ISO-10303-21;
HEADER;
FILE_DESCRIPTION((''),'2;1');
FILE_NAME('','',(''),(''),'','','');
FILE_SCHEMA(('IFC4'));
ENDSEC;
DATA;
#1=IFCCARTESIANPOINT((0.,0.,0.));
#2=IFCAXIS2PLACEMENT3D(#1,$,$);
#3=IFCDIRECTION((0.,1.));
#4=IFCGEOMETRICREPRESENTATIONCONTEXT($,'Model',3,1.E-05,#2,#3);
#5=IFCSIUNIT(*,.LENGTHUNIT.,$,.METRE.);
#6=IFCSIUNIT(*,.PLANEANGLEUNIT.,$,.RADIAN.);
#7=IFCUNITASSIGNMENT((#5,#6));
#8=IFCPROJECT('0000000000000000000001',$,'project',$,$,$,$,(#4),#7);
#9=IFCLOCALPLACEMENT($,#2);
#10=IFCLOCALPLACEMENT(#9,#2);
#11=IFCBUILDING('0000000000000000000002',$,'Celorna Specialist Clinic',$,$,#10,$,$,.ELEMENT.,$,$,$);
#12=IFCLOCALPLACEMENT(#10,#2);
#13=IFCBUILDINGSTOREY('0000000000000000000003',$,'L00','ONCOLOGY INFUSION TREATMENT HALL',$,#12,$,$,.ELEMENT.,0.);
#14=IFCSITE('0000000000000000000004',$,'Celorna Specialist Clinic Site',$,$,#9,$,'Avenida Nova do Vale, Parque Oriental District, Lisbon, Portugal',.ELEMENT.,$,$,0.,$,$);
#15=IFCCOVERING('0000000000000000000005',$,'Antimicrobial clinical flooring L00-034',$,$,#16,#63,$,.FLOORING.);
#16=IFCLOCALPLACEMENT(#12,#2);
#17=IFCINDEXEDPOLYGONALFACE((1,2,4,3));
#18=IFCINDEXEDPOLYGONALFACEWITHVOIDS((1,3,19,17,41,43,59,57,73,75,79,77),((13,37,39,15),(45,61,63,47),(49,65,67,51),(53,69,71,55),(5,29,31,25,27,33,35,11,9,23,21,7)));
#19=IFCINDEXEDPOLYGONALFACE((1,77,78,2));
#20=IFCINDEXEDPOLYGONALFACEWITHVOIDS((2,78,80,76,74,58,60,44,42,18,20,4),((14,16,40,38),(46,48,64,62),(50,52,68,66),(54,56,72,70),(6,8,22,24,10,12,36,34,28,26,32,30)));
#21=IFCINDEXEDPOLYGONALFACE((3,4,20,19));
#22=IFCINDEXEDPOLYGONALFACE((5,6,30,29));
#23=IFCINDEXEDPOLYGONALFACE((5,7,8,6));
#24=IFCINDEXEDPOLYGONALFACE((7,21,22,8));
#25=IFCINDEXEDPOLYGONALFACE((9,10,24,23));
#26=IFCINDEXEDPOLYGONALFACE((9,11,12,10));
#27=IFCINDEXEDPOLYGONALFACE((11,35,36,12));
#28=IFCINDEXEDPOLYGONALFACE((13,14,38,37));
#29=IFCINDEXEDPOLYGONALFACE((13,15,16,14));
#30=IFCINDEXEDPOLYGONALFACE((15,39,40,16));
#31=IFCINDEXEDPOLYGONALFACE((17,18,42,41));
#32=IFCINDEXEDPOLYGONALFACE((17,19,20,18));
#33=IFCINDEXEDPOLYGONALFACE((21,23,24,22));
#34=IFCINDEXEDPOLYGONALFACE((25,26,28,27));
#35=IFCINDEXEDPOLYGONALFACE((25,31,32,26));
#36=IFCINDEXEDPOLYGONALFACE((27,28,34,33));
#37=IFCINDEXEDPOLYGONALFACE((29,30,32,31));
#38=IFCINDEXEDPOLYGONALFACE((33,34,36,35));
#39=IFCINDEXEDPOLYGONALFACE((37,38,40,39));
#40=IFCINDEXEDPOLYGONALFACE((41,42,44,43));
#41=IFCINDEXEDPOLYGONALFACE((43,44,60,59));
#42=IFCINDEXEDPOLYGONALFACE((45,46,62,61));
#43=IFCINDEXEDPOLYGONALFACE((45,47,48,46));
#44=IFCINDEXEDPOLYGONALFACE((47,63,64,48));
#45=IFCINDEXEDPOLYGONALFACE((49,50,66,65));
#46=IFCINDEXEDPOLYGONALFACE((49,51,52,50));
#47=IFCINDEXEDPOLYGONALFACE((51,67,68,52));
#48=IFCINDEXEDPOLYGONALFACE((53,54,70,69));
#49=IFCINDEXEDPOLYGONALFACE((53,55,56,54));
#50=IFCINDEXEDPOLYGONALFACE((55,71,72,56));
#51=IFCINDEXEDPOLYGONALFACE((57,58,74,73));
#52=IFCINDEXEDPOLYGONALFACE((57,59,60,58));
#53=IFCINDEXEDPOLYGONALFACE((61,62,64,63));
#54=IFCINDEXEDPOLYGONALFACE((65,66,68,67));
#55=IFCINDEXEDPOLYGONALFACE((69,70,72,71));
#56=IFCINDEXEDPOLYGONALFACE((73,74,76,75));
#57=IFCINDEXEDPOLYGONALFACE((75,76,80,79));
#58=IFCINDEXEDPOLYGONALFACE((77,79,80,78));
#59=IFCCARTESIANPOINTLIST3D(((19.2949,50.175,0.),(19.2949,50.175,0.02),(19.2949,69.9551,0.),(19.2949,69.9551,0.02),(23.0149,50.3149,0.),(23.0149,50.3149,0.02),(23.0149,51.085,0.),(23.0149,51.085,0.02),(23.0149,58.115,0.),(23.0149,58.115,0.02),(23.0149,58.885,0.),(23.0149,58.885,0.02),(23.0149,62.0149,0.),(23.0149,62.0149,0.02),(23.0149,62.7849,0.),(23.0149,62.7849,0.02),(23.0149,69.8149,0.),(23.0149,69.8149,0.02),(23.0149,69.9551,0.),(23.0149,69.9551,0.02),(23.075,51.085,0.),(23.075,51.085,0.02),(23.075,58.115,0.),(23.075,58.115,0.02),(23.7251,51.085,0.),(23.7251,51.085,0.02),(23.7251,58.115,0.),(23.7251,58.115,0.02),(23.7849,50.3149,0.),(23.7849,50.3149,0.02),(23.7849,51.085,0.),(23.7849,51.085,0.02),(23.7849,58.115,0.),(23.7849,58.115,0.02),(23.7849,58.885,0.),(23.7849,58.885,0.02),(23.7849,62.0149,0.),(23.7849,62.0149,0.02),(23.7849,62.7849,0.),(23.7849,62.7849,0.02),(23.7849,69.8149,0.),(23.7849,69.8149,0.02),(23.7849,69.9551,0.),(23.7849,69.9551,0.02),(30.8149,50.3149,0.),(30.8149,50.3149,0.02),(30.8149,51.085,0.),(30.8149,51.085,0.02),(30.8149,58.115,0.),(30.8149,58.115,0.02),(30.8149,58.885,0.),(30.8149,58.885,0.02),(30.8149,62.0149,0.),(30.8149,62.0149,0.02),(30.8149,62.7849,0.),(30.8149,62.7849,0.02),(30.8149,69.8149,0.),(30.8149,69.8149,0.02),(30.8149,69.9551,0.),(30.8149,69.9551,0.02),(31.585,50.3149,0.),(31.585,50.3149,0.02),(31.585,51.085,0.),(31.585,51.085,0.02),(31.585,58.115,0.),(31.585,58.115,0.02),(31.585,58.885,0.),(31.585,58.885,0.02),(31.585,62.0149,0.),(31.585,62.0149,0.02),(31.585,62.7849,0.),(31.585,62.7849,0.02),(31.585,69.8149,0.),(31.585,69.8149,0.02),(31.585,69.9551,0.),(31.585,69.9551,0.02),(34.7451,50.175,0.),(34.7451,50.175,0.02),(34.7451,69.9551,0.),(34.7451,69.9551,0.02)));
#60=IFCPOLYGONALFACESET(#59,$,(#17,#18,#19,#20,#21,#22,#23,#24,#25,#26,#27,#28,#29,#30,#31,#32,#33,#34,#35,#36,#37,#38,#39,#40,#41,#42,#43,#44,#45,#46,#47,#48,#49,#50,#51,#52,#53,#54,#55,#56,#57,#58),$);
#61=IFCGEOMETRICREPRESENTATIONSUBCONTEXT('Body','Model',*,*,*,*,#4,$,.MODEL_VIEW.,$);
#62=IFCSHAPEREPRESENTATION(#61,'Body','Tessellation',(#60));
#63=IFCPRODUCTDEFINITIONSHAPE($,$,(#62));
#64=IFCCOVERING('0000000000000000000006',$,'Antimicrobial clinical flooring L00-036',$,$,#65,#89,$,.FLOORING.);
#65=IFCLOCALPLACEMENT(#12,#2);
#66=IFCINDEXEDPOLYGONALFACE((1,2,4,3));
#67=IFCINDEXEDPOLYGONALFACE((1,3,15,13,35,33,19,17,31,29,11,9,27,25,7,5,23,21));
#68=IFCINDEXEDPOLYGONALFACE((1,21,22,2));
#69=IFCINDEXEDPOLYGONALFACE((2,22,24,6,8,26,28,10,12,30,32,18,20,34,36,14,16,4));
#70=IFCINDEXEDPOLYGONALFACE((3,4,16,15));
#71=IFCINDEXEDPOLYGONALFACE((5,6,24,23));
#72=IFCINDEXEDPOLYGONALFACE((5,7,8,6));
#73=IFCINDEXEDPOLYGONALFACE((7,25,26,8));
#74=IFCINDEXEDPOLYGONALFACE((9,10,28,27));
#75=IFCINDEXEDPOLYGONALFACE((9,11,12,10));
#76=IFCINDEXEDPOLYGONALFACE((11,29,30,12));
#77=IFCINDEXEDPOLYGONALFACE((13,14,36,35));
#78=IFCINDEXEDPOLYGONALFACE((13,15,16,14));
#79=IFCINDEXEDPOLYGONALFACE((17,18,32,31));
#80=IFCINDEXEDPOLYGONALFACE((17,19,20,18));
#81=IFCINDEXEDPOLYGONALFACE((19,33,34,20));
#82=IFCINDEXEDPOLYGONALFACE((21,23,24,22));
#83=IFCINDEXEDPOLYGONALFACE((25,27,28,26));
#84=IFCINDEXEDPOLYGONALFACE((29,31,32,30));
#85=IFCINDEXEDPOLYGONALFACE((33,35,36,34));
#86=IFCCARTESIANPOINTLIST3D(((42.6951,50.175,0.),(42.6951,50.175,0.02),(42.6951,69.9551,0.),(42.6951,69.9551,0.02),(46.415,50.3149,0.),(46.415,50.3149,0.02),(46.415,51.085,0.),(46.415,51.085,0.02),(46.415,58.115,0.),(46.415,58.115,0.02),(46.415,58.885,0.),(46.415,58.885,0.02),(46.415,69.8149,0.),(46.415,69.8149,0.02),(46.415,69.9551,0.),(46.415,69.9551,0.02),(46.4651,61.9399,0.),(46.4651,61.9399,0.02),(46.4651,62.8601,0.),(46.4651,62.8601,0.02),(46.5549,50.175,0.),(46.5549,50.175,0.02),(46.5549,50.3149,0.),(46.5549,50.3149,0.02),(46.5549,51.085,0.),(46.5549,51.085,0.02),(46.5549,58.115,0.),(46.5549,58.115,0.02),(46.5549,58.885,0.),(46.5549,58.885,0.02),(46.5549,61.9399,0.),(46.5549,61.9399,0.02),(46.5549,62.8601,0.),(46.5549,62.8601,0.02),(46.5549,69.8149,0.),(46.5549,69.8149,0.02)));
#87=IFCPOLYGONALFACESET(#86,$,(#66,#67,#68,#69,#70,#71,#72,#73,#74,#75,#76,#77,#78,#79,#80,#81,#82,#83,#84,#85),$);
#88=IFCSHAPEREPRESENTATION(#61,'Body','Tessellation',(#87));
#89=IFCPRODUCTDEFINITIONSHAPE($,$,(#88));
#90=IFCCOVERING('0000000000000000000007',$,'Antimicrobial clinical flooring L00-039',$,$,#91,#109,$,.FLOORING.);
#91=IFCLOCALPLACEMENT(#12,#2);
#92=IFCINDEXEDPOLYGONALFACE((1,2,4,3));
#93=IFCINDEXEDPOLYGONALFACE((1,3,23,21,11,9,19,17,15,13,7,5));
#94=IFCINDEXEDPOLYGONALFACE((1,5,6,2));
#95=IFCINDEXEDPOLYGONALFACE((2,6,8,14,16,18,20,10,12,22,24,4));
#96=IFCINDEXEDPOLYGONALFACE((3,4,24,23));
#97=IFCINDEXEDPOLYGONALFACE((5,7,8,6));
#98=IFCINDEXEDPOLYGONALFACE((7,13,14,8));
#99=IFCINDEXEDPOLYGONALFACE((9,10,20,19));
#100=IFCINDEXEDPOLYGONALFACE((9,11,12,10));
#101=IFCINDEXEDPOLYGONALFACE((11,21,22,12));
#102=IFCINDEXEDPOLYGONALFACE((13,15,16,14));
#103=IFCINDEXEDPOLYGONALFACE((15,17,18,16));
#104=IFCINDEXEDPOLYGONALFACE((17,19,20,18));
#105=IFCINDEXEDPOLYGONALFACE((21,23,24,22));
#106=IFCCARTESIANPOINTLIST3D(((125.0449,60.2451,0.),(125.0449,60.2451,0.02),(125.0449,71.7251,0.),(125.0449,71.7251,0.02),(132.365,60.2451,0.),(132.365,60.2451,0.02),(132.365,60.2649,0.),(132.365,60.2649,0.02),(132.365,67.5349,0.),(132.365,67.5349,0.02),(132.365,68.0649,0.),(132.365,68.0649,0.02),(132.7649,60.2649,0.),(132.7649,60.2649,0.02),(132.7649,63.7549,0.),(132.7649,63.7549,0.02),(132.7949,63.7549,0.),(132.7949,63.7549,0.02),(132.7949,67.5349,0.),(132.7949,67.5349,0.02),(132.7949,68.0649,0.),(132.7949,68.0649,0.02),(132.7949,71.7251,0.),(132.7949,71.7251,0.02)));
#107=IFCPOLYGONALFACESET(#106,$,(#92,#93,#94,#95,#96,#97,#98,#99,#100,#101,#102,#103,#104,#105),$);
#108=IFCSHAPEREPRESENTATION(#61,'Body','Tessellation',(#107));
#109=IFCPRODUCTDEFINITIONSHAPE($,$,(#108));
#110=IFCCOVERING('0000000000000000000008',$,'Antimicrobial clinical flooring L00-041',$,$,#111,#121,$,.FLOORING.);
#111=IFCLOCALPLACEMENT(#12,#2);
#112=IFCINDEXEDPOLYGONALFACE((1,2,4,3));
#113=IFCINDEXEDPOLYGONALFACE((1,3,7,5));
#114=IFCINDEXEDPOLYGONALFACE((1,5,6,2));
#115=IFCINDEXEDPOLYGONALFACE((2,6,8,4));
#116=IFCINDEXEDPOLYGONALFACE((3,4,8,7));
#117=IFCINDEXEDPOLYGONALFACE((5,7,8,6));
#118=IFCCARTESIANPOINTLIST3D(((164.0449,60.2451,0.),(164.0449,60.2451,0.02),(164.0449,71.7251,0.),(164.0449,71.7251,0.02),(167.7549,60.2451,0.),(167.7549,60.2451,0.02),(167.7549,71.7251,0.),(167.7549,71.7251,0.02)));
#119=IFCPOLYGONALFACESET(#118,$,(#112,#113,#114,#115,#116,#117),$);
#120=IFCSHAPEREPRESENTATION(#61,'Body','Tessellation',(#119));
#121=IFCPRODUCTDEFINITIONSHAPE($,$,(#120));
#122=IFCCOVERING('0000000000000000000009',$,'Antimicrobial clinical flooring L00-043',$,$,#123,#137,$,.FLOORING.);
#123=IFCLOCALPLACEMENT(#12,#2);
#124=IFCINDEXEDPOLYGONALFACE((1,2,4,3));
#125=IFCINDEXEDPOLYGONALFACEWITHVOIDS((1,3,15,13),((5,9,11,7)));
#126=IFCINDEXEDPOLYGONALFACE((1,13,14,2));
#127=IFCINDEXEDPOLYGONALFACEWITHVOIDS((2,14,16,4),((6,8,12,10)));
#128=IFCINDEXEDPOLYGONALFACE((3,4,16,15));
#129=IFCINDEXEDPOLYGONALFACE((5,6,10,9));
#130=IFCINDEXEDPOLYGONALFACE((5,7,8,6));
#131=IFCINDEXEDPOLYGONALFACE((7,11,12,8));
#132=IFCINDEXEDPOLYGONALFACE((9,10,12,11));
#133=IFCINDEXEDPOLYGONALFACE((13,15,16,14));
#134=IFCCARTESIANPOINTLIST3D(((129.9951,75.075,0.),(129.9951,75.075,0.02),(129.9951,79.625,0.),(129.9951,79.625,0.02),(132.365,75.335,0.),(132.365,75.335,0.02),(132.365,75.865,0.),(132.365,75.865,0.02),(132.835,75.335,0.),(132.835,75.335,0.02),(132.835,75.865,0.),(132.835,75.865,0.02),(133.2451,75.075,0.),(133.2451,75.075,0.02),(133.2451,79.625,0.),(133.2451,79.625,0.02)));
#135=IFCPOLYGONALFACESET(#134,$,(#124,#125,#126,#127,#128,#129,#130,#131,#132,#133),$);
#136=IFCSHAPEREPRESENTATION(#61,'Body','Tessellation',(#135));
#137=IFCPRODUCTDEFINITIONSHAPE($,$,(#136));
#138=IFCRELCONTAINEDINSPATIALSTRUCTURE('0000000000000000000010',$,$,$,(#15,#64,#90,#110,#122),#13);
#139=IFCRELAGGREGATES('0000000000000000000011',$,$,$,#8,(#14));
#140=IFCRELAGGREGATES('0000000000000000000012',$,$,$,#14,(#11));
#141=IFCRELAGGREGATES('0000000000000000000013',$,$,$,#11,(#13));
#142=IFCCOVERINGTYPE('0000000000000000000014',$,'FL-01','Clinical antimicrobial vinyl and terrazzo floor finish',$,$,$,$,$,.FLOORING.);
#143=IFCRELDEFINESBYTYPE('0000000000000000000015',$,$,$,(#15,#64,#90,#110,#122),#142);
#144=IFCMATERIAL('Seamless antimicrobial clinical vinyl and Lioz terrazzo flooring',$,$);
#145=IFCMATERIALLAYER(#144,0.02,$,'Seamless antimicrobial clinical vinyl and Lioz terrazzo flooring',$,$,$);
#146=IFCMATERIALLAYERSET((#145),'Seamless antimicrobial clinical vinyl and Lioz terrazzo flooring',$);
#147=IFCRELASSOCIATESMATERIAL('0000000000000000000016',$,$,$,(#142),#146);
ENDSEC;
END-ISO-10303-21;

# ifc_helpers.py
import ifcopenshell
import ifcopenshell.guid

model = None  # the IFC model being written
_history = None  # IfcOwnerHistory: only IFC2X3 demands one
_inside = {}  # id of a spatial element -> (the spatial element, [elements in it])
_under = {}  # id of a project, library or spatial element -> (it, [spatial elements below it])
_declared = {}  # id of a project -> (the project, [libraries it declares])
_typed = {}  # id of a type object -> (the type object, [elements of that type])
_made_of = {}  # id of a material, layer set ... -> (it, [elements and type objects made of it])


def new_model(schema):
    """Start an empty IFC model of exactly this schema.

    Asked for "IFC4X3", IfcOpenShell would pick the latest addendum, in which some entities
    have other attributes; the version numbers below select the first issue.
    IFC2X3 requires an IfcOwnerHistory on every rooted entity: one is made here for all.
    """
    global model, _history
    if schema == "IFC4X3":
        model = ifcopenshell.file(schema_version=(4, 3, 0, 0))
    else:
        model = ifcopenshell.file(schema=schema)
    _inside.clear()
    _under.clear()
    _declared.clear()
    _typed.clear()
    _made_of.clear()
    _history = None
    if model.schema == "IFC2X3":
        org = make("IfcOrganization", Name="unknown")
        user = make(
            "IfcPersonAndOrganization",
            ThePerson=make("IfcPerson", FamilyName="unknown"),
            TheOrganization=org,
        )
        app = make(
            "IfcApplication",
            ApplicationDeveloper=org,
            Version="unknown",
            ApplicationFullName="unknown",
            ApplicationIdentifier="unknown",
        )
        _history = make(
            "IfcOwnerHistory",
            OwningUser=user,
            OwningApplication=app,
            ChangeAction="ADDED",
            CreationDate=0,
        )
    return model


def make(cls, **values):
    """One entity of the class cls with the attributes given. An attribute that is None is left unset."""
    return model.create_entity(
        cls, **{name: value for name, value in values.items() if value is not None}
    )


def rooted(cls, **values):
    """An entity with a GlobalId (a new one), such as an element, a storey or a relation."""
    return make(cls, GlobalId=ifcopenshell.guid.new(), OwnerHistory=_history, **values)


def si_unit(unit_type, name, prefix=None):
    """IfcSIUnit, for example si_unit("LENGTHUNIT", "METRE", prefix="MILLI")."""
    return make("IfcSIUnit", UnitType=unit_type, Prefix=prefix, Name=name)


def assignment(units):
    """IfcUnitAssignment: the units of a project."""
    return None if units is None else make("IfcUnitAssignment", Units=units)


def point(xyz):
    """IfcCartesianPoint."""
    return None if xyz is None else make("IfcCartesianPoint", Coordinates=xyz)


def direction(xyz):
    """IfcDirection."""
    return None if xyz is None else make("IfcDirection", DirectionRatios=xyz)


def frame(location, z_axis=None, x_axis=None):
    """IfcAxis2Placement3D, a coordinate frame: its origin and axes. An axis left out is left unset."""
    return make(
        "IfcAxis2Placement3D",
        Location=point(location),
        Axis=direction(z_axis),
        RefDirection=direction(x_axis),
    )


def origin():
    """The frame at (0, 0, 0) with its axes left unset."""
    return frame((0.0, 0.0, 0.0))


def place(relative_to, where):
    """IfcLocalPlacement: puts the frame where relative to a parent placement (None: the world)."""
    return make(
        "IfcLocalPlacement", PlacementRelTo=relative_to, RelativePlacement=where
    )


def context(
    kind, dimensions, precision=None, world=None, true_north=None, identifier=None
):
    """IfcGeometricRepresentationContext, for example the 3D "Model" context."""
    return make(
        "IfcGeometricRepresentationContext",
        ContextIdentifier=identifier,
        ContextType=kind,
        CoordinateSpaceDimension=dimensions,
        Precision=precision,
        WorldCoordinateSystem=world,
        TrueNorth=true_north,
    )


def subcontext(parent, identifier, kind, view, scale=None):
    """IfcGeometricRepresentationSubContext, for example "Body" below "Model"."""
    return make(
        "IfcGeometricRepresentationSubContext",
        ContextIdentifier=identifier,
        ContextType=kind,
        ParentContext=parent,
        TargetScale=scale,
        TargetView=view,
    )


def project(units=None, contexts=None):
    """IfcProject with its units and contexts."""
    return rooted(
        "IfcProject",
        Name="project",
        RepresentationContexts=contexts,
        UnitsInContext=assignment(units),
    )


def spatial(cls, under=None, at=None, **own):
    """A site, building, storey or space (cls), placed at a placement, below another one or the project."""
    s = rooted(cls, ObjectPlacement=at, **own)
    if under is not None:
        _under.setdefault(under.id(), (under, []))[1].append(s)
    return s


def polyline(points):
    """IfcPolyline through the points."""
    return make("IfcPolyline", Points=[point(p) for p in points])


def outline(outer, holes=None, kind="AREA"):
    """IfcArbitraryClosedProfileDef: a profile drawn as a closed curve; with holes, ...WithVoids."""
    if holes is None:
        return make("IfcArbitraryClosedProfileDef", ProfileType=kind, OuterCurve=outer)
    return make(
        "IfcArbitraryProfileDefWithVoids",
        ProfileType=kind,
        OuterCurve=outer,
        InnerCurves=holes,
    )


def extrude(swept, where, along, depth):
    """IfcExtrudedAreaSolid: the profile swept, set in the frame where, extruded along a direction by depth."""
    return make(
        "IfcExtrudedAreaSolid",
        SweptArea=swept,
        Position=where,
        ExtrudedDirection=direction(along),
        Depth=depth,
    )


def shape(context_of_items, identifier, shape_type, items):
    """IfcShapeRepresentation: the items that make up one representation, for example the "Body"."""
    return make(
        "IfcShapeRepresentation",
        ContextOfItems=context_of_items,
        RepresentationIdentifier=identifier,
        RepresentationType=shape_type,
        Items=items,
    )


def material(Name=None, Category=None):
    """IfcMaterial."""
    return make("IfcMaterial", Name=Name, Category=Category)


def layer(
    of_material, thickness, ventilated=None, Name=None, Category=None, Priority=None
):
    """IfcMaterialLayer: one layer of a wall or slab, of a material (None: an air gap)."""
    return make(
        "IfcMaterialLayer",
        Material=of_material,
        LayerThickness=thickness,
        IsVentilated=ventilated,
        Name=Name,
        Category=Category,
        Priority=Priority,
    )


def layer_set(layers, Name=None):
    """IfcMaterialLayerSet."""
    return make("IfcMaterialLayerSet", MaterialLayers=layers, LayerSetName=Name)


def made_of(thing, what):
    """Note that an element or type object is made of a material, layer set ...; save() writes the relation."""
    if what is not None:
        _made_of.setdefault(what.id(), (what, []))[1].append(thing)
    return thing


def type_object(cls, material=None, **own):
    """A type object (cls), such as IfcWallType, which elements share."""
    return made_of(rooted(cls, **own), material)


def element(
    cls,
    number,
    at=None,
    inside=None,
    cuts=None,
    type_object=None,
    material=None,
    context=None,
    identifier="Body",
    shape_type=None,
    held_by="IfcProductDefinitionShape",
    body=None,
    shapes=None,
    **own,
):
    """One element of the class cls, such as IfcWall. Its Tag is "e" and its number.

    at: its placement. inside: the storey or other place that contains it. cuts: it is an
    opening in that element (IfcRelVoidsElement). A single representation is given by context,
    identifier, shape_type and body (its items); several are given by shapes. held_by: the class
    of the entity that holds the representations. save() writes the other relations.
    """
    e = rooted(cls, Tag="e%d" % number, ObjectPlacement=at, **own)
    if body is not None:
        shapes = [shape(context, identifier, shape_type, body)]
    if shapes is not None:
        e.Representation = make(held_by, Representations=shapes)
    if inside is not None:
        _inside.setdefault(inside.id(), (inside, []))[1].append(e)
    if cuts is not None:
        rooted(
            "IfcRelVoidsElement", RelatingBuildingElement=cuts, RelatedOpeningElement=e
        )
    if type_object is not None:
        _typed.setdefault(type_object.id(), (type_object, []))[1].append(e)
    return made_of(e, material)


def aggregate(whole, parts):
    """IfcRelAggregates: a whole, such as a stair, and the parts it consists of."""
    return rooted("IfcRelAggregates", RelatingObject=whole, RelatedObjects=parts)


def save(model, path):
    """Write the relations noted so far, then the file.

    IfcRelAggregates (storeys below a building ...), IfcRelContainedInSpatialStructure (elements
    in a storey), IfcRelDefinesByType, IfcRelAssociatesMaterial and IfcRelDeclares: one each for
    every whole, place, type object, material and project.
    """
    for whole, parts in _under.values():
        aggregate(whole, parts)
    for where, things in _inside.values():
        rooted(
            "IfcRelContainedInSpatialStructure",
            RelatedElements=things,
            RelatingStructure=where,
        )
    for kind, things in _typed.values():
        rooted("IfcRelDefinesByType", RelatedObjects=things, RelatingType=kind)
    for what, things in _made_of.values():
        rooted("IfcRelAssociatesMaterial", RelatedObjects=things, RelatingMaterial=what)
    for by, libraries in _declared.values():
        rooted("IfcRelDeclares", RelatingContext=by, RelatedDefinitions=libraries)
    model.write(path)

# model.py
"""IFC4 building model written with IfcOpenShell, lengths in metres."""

from ifc_helpers import new_model, si_unit, direction, origin, place, context, subcontext, project, spatial, polyline, outline, extrude, material, layer, layer_set, type_object, element, save


model = new_model("IFC4")

# Units and contexts
model_context = context("Model", 3, precision=1e-05, world=origin(), true_north=direction((0.0, 1.0)))
body_context = subcontext(model_context, "Body", "Model", "MODEL_VIEW")
ifc_project = project(units=[si_unit("LENGTHUNIT", "METRE"), si_unit("PLANEANGLEUNIT", "RADIAN")], contexts=[model_context])

# Site, building, storey
site_placement = place(None, origin())
site = spatial("IfcSite", under=ifc_project, at=site_placement, Name="Celorna Specialist Clinic Site", LongName="Avenida Nova do Vale, Parque Oriental District, Lisbon, Portugal", CompositionType="ELEMENT", RefElevation=0.0)
building_placement = place(site_placement, origin())
building = spatial("IfcBuilding", under=site, at=building_placement, Name="Celorna Specialist Clinic", CompositionType="ELEMENT")
storey_placement = place(building_placement, origin())
storey = spatial("IfcBuildingStorey", under=building, at=storey_placement, Name="L00", Description="ONCOLOGY INFUSION TREATMENT HALL", CompositionType="ELEMENT", Elevation=0.0)

# Coverings
ifc_material_1 = material(Name="Seamless antimicrobial clinical vinyl and Lioz terrazzo flooring")
ifc_layer_1 = layer(ifc_material_1, 0.02, Name="Seamless antimicrobial clinical vinyl and Lioz terrazzo flooring")
ifc_layer_set_1 = layer_set([ifc_layer_1], Name="Seamless antimicrobial clinical vinyl and Lioz terrazzo flooring")
covering_type = type_object("IfcCoveringType", Name="FL-01", Description="Clinical antimicrobial vinyl and terrazzo floor finish", PredefinedType="FLOORING", material=ifc_layer_set_1)
covering_1_placement = place(storey_placement, origin())
element("IfcCovering", 1, at=covering_1_placement, inside=storey, type_object=covering_type, Name="Antimicrobial clinical flooring L00-034", PredefinedType="FLOORING", context=body_context, shape_type="SweptSolid", body=[
    extrude(outline(polyline([(19.2949, 69.9551), (23.0149, 69.9551), (23.0149, 69.8149), (23.7849, 69.8149), (23.7849, 69.9551), (30.8149, 69.9551), (30.8149, 69.8149), (31.585, 69.8149), (31.585, 69.9551), (34.7451, 69.9551), (34.7451, 50.175), (19.2949, 50.175), (19.2949, 69.9551)]), holes=[polyline([(31.585, 51.085), (30.8149, 51.085), (30.8149, 50.3149), (31.585, 50.3149), (31.585, 51.085)]), polyline([(31.585, 58.115), (31.585, 58.885), (30.8149, 58.885), (30.8149, 58.115), (31.585, 58.115)]), polyline([(31.585, 62.7849), (30.8149, 62.7849), (30.8149, 62.0149), (31.585, 62.0149), (31.585, 62.7849)]), polyline([(23.075, 51.085), (23.0149, 51.085), (23.0149, 50.3149), (23.7849, 50.3149), (23.7849, 51.085), (23.7251, 51.085), (23.7251, 58.115), (23.7849, 58.115), (23.7849, 58.885), (23.0149, 58.885), (23.0149, 58.115), (23.075, 58.115), (23.075, 51.085)]), polyline([(23.7849, 62.0149), (23.7849, 62.7849), (23.0149, 62.7849), (23.0149, 62.0149), (23.7849, 62.0149)])]), origin(), (0.0, 0.0, 1.0), 0.02),
])
covering_2_placement = place(storey_placement, origin())
element("IfcCovering", 2, at=covering_2_placement, inside=storey, type_object=covering_type, Name="Antimicrobial clinical flooring L00-036", PredefinedType="FLOORING", context=body_context, shape_type="SweptSolid", body=[
    extrude(outline(polyline([(42.6951, 69.9551), (46.415, 69.9551), (46.415, 69.8149), (46.5549, 69.8149), (46.5549, 62.8601), (46.4651, 62.8601), (46.4651, 61.9399), (46.5549, 61.9399), (46.5549, 58.885), (46.415, 58.885), (46.415, 58.115), (46.5549, 58.115), (46.5549, 51.085), (46.415, 51.085), (46.415, 50.3149), (46.5549, 50.3149), (46.5549, 50.175), (42.6951, 50.175), (42.6951, 69.9551)])), origin(), (0.0, 0.0, 1.0), 0.02),
])
covering_3_placement = place(storey_placement, origin())
element("IfcCovering", 3, at=covering_3_placement, inside=storey, type_object=covering_type, Name="Antimicrobial clinical flooring L00-039", PredefinedType="FLOORING", context=body_context, shape_type="SweptSolid", body=[
    extrude(outline(polyline([(125.0449, 71.7251), (132.7949, 71.7251), (132.7949, 68.0649), (132.365, 68.0649), (132.365, 67.5349), (132.7949, 67.5349), (132.7949, 63.7549), (132.7649, 63.7549), (132.7649, 60.2649), (132.365, 60.2649), (132.365, 60.2451), (125.0449, 60.2451), (125.0449, 71.7251)])), origin(), (0.0, 0.0, 1.0), 0.02),
])
covering_4_placement = place(storey_placement, origin())
element("IfcCovering", 4, at=covering_4_placement, inside=storey, type_object=covering_type, Name="Antimicrobial clinical flooring L00-041", PredefinedType="FLOORING", context=body_context, shape_type="SweptSolid", body=[
    extrude(outline(polyline([(164.0449, 71.7251), (167.7549, 71.7251), (167.7549, 60.2451), (164.0449, 60.2451), (164.0449, 71.7251)])), origin(), (0.0, 0.0, 1.0), 0.02),
])
covering_5_placement = place(storey_placement, origin())
element("IfcCovering", 5, at=covering_5_placement, inside=storey, type_object=covering_type, Name="Antimicrobial clinical flooring L00-043", PredefinedType="FLOORING", context=body_context, shape_type="SweptSolid", body=[
    extrude(outline(polyline([(129.9951, 79.625), (133.2451, 79.625), (133.2451, 75.075), (129.9951, 75.075), (129.9951, 79.625)]), holes=[polyline([(132.835, 75.865), (132.365, 75.865), (132.365, 75.335), (132.835, 75.335), (132.835, 75.865)])]), origin(), (0.0, 0.0, 1.0), 0.02),
])

save(model, "model.ifc")
